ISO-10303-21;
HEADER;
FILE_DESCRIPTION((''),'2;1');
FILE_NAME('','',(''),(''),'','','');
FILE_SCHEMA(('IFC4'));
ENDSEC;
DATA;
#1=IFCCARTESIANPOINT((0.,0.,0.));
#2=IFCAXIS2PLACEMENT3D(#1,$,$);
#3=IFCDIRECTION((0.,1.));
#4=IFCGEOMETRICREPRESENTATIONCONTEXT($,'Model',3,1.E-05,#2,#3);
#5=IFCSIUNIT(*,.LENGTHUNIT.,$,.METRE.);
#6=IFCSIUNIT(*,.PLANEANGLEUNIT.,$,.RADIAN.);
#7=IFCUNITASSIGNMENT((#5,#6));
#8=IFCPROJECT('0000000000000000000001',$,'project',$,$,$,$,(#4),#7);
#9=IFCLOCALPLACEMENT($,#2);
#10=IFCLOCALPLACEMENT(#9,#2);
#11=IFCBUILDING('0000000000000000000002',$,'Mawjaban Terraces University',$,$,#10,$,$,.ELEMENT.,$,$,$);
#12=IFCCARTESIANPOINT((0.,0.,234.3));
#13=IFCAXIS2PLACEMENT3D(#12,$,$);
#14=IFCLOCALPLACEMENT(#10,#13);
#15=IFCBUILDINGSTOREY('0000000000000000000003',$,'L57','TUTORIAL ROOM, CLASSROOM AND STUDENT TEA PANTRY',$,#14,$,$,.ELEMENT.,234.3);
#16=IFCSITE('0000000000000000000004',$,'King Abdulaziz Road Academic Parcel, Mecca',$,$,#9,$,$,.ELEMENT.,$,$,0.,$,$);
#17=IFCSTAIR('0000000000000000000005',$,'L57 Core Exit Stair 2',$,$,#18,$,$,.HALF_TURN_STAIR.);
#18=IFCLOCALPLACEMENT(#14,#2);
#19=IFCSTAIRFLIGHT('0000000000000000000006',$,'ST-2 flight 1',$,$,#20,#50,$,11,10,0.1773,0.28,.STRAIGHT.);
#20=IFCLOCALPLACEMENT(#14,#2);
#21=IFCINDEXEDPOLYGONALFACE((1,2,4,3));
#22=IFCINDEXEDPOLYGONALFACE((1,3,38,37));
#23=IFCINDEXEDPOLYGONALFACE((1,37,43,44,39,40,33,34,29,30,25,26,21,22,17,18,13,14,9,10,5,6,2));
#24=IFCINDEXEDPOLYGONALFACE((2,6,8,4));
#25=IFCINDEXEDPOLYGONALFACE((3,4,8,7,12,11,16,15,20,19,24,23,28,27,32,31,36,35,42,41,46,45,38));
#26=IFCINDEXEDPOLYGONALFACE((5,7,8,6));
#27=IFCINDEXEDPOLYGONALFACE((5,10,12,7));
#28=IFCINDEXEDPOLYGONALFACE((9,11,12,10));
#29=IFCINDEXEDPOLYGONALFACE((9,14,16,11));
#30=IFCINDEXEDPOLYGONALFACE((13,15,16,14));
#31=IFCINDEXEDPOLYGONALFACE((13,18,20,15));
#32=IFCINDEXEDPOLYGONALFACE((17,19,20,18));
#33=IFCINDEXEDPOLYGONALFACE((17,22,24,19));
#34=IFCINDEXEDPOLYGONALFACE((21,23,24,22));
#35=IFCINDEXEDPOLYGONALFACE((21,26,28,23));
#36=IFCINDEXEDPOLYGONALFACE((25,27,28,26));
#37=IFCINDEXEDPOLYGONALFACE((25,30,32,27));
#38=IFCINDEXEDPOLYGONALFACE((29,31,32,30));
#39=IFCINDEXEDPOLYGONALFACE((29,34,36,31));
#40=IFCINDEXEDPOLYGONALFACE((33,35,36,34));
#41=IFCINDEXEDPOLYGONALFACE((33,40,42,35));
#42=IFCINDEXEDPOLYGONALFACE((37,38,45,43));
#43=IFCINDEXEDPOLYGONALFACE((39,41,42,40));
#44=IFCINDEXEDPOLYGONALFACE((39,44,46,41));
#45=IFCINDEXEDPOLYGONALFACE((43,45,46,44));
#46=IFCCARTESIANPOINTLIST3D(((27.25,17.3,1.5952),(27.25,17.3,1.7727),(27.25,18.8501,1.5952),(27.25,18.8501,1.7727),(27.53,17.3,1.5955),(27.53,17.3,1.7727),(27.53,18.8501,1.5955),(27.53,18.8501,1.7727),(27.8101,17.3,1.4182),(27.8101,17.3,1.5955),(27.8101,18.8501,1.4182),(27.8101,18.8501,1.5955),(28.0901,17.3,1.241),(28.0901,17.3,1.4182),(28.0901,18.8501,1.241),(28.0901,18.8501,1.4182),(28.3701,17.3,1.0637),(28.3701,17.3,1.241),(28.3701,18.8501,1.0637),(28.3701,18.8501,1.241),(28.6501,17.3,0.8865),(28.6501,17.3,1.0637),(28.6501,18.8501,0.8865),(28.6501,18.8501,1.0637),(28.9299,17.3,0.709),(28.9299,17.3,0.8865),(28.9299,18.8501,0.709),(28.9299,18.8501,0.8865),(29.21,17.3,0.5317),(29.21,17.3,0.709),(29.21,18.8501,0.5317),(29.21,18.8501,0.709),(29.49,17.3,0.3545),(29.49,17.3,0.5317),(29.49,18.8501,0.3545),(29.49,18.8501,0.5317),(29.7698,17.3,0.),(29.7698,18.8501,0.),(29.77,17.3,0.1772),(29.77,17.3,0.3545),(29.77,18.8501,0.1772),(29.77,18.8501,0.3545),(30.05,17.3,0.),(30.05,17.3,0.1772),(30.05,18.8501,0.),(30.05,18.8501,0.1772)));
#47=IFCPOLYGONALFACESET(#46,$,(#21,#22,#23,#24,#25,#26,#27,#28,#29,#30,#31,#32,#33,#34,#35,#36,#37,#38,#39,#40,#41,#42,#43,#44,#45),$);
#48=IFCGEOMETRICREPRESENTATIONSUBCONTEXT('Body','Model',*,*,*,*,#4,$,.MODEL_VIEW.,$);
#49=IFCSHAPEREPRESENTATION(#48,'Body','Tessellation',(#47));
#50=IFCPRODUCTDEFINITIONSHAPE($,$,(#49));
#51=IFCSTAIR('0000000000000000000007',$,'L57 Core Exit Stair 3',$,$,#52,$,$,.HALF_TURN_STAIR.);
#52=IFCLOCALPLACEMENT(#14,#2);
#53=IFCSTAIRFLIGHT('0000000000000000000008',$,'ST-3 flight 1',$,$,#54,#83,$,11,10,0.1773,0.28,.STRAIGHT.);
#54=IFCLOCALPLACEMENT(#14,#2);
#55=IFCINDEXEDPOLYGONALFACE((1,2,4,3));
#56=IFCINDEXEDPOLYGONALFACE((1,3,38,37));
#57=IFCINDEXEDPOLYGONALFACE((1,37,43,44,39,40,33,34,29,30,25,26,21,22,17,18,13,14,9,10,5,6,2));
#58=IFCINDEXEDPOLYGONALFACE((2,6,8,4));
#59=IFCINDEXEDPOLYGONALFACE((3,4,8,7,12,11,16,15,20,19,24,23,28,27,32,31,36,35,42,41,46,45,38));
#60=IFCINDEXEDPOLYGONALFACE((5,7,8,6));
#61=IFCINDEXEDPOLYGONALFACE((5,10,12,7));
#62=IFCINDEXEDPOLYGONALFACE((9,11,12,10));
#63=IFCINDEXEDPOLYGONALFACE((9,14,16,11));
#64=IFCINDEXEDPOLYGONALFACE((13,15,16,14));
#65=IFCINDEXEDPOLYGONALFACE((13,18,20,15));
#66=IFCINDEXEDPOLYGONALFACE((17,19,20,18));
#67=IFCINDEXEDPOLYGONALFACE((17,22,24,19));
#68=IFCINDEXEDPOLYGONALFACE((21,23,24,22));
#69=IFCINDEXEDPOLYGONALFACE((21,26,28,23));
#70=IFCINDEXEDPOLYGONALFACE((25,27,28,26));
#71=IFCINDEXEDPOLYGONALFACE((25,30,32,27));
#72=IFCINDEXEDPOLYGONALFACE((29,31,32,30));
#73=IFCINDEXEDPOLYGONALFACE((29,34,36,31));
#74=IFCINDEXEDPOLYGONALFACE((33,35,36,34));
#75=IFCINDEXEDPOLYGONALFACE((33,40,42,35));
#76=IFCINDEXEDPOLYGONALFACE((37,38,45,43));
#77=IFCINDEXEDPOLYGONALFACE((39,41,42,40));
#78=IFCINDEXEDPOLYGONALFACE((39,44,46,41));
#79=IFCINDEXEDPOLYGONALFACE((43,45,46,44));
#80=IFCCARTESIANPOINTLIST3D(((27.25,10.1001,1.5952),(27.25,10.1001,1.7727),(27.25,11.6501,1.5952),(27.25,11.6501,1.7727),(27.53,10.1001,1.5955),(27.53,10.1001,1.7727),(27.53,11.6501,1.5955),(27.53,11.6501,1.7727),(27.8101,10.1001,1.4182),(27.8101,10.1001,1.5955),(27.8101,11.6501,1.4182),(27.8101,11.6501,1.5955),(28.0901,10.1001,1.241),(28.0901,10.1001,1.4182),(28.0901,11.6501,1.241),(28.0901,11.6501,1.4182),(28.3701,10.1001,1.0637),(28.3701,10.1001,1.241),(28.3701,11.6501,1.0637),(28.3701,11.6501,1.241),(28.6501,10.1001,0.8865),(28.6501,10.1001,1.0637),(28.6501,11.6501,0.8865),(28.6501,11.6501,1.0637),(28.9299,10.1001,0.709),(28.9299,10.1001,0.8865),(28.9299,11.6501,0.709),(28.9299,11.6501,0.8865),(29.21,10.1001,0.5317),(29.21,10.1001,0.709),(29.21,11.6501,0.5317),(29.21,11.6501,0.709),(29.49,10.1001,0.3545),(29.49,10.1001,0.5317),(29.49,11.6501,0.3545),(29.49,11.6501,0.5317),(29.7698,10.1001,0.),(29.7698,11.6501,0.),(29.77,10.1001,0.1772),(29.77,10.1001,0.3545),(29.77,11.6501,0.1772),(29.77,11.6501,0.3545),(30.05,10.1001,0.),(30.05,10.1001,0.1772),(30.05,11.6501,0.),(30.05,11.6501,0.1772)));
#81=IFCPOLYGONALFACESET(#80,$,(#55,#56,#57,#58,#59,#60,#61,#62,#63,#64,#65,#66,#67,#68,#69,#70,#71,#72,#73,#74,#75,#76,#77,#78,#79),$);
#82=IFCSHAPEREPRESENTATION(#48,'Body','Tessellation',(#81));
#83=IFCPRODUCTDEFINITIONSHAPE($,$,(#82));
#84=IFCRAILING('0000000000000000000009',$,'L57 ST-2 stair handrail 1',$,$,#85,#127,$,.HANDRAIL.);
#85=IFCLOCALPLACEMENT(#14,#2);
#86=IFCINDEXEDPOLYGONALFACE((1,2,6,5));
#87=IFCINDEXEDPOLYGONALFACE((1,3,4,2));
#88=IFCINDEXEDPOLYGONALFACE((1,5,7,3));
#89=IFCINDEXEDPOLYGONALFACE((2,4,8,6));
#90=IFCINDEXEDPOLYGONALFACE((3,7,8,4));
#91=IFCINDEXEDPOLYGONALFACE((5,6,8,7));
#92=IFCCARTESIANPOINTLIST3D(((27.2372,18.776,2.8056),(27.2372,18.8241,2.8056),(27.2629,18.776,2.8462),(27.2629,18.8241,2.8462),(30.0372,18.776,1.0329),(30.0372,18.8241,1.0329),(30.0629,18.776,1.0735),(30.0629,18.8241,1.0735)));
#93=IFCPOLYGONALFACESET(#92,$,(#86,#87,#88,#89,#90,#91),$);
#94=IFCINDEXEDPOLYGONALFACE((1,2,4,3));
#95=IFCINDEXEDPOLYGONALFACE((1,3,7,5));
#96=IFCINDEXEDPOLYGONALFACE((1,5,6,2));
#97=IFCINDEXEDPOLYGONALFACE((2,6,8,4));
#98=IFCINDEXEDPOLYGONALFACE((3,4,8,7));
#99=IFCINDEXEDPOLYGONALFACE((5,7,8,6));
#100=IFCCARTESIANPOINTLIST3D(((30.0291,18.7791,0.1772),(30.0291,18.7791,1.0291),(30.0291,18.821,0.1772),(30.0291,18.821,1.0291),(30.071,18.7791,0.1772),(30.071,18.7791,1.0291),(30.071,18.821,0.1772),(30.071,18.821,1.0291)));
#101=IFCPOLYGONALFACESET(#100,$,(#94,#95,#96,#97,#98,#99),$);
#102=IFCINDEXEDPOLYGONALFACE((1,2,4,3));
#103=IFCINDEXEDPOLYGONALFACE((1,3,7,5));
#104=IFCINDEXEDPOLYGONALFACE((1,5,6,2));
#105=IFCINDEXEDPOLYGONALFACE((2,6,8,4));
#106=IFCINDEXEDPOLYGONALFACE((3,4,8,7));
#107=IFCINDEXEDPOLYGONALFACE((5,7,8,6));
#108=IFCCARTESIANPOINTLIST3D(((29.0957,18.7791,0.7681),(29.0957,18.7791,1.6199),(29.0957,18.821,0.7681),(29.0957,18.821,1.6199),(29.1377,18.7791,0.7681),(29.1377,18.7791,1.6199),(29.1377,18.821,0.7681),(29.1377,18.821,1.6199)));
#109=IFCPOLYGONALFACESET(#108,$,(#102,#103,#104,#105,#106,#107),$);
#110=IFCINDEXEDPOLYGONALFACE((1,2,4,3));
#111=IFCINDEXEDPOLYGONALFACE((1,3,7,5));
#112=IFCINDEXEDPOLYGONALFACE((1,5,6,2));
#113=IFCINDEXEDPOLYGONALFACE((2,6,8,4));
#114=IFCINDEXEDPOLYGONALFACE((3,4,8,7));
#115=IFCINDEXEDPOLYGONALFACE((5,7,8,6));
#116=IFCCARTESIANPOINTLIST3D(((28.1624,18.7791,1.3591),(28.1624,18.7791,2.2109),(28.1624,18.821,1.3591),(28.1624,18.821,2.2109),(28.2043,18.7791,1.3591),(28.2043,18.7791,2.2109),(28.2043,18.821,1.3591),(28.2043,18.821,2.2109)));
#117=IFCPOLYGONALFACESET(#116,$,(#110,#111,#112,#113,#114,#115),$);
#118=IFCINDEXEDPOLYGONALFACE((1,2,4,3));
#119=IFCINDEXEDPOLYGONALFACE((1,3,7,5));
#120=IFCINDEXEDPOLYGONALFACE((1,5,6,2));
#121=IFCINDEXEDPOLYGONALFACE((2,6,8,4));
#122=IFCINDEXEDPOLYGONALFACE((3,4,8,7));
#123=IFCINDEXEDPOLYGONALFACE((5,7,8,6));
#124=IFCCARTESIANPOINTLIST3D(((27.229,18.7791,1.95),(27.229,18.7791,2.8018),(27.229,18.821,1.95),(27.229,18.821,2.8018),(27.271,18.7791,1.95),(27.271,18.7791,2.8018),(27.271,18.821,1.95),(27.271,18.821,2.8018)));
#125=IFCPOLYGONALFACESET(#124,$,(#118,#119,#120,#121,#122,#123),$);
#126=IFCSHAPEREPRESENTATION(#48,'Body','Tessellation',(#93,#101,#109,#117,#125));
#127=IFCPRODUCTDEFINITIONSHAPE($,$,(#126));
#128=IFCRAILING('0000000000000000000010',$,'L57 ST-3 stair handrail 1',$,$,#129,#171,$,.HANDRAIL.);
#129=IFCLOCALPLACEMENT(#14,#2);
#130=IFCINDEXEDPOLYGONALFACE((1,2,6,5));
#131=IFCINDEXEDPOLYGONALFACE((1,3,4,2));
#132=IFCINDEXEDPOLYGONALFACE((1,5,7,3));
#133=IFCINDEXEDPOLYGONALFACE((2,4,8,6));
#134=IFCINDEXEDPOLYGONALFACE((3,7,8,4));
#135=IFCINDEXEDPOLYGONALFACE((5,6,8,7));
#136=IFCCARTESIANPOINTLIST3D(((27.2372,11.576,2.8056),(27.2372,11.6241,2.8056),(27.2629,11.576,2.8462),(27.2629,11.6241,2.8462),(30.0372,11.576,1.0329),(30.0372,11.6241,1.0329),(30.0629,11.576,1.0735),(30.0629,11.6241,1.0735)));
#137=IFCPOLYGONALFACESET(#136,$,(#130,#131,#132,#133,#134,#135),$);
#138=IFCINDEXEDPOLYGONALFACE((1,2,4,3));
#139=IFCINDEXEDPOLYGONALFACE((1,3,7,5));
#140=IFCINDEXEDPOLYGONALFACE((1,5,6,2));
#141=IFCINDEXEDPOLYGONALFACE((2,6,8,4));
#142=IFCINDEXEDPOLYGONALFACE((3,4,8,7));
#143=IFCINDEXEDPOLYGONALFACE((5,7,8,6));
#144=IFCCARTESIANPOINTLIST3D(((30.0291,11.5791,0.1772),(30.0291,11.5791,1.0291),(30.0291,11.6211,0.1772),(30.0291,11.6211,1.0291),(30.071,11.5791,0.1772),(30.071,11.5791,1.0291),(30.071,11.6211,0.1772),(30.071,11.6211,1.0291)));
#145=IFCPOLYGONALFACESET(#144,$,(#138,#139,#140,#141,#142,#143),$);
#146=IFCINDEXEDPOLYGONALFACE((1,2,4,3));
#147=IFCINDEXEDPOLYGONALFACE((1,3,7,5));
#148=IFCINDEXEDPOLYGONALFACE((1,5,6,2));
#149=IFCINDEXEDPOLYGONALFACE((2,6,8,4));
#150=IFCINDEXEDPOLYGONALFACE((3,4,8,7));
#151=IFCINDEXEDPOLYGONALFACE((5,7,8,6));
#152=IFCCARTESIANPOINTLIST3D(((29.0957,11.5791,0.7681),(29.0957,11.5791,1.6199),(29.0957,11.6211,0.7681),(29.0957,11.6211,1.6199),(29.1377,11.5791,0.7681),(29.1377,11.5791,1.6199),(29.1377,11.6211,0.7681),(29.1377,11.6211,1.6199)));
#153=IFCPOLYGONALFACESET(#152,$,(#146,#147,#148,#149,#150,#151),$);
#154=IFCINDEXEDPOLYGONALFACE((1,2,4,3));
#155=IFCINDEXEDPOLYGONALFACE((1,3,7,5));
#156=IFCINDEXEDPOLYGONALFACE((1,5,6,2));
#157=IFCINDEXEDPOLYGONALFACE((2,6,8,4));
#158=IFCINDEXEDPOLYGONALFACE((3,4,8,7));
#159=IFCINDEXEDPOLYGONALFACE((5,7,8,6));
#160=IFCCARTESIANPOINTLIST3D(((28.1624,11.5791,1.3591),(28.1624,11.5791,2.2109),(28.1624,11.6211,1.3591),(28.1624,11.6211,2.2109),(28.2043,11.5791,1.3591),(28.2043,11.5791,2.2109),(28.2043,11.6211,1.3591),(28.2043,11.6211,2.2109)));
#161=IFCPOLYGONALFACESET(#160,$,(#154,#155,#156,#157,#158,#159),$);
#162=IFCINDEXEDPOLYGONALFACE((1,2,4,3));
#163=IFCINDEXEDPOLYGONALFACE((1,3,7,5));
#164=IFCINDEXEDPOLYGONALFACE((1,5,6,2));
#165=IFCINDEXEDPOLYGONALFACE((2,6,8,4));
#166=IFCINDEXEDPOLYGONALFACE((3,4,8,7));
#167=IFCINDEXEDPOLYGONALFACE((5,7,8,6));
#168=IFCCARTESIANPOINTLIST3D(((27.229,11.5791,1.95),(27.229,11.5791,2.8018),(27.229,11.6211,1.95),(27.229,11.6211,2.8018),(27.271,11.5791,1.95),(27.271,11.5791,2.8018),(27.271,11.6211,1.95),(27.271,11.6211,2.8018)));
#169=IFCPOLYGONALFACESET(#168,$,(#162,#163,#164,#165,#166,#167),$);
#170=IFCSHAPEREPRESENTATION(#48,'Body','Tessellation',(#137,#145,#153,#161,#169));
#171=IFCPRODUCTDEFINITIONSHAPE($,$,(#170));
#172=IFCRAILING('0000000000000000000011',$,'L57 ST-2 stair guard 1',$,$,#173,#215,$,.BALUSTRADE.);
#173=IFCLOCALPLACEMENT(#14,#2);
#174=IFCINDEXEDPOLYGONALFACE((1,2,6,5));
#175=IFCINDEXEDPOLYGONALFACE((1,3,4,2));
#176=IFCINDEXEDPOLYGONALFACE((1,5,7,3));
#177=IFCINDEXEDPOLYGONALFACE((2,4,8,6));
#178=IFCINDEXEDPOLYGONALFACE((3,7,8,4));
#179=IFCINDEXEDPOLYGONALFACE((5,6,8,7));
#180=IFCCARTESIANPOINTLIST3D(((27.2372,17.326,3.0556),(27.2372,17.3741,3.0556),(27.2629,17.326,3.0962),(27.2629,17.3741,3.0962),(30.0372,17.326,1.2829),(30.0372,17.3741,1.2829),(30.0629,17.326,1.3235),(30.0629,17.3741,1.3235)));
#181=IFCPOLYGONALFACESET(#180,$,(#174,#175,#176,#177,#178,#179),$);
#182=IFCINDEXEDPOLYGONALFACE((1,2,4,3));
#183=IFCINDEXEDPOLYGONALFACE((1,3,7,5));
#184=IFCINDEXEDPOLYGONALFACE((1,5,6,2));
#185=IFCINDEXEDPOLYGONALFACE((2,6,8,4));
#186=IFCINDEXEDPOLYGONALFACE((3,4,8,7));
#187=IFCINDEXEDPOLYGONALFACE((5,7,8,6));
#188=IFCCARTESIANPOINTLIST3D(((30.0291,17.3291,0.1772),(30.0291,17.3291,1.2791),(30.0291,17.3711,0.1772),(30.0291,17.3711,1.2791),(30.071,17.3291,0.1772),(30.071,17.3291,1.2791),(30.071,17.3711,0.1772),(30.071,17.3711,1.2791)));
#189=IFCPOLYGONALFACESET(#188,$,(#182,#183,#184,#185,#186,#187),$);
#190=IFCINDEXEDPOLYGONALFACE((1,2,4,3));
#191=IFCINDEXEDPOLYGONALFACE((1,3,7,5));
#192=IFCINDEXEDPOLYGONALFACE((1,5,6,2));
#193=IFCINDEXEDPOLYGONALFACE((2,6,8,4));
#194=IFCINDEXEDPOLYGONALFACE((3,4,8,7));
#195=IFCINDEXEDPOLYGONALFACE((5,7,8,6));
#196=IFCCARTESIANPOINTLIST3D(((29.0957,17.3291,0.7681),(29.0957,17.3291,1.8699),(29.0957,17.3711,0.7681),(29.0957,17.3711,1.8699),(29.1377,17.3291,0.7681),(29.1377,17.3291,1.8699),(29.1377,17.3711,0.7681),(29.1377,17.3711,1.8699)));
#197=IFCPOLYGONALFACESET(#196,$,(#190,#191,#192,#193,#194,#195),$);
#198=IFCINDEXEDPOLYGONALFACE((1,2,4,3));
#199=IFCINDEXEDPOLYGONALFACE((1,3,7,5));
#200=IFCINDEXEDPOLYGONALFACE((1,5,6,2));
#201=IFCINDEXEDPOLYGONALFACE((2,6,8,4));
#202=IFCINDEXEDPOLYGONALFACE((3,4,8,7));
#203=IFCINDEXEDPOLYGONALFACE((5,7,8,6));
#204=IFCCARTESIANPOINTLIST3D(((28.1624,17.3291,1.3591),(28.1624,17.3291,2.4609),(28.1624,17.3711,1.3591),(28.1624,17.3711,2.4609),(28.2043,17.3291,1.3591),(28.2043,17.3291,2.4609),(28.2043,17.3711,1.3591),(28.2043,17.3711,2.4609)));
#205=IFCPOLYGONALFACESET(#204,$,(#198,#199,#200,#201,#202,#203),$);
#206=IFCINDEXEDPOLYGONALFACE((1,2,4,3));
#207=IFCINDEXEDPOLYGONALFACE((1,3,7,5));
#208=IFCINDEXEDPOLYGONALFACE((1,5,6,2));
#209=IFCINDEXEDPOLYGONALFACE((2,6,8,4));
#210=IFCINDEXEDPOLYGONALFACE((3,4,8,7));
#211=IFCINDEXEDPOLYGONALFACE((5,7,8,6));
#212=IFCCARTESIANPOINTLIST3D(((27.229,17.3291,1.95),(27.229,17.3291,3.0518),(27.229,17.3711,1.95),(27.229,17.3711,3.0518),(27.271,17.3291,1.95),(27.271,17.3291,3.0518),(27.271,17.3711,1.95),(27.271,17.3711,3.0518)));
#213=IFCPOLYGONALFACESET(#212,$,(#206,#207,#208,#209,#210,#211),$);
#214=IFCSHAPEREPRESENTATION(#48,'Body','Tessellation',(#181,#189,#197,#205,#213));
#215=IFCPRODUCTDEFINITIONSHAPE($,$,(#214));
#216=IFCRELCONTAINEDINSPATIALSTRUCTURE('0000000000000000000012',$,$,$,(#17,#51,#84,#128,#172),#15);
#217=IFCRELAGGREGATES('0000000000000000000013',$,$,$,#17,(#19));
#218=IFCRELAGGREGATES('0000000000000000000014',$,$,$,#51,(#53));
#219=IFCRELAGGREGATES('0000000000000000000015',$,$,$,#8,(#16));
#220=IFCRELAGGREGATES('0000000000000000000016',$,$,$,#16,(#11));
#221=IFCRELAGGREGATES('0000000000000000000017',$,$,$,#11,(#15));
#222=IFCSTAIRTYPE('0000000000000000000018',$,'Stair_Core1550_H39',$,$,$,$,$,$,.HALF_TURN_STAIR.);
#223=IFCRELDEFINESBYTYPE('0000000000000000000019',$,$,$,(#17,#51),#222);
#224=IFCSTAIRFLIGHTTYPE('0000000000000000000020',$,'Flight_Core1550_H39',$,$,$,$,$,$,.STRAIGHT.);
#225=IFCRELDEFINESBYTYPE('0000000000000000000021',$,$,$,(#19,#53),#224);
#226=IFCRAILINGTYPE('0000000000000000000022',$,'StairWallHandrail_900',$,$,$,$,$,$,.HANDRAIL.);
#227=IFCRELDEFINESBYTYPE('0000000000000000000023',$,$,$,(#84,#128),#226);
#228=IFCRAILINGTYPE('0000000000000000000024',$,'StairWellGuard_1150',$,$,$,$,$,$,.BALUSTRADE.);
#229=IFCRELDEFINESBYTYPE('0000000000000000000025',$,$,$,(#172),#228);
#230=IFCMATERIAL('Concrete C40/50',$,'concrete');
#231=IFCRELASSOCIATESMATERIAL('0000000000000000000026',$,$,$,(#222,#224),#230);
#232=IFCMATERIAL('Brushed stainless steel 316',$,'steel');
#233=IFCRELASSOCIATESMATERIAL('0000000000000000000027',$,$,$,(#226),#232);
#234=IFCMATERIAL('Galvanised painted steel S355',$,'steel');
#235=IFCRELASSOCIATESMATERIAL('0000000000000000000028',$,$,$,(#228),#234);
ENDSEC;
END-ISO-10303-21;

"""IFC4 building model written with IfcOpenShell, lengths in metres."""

from ifc_helpers import new_model, si_unit, direction, frame, origin, origin_2d, place, context, subcontext, project, spatial, polyline, rectangle, outline, extrude, material, type_object, element, aggregate, save


model = new_model("IFC4")

# Units and contexts
model_context = context("Model", 3, precision=1e-05, world=origin(), true_north=direction((0.0, 1.0)))
body_context = subcontext(model_context, "Body", "Model", "MODEL_VIEW")
ifc_project = project(units=[si_unit("LENGTHUNIT", "METRE"), si_unit("PLANEANGLEUNIT", "RADIAN")], contexts=[model_context])

# Site, building, storey
site_placement = place(None, origin())
site = spatial("IfcSite", under=ifc_project, at=site_placement, Name="King Abdulaziz Road Academic Parcel, Mecca", CompositionType="ELEMENT", RefElevation=0.0)
building_placement = place(site_placement, origin())
building = spatial("IfcBuilding", under=site, at=building_placement, Name="Mawjaban Terraces University", CompositionType="ELEMENT")
storey_placement = place(building_placement, frame((0.0, 0.0, 234.3)))
storey = spatial("IfcBuildingStorey", under=building, at=storey_placement, Name="L57", Description="TUTORIAL ROOM, CLASSROOM AND STUDENT TEA PANTRY", CompositionType="ELEMENT", Elevation=234.3)

# Shared definitions
ifc_material_1 = material(Name="Concrete C40/50", Category="concrete")

# Stairs, stair flights
stair_type = type_object("IfcStairType", Name="Stair_Core1550_H39", PredefinedType="HALF_TURN_STAIR", material=ifc_material_1)
stair_1_placement = place(storey_placement, origin())
stair_1 = element("IfcStair", 1, at=stair_1_placement, inside=storey, type_object=stair_type, Name="L57 Core Exit Stair 2", PredefinedType="HALF_TURN_STAIR")
stair_flight_type = type_object("IfcStairFlightType", Name="Flight_Core1550_H39", PredefinedType="STRAIGHT", material=ifc_material_1)
stair_flight_1_placement = place(storey_placement, frame((30.05, 18.075, 0.0), z_axis=(0.0, 0.0, 1.0), x_axis=(-1.0, 0.0, 0.0)))
stair_flight_1 = element("IfcStairFlight", 2, at=stair_flight_1_placement, type_object=stair_flight_type, Name="ST-2 flight 1", NumberOfRisers=11, NumberOfTreads=10, PredefinedType="STRAIGHT", RiserHeight=0.1773, TreadLength=0.28, context=body_context, shape_type="SweptSolid", body=[
    extrude(outline(polyline([(0.0, 0.0), (0.0, 0.1772), (0.28, 0.1772), (0.28, 0.3545), (0.5601, 0.3545), (0.5601, 0.5317), (0.8401, 0.5317), (0.8401, 0.709), (1.1201, 0.709), (1.1201, 0.8865), (1.3999, 0.8865), (1.3999, 1.0637), (1.6799, 1.0637), (1.6799, 1.241), (1.96, 1.241), (1.96, 1.4182), (2.24, 1.4182), (2.24, 1.5955), (2.52, 1.5955), (2.52, 1.7727), (2.8, 1.7727), (2.8, 1.95), (2.8, 1.5952), (0.2803, 0.0), (0.0, 0.0)])), frame((0.0, 0.7749, 0.0), z_axis=(0.0, -1.0, 0.0), x_axis=(1.0, 0.0, 0.0)), (0.0, 0.0, 1.0), 1.55),
])
aggregate(stair_1, [stair_flight_1])
stair_2_placement = place(storey_placement, origin())
stair_2 = element("IfcStair", 3, at=stair_2_placement, inside=storey, type_object=stair_type, Name="L57 Core Exit Stair 3", PredefinedType="HALF_TURN_STAIR")
stair_flight_2_placement = place(storey_placement, frame((30.05, 10.875, 0.0), z_axis=(0.0, 0.0, 1.0), x_axis=(-1.0, 0.0, 0.0)))
stair_flight_2 = element("IfcStairFlight", 4, at=stair_flight_2_placement, type_object=stair_flight_type, Name="ST-3 flight 1", NumberOfRisers=11, NumberOfTreads=10, PredefinedType="STRAIGHT", RiserHeight=0.1773, TreadLength=0.28, context=body_context, shape_type="SweptSolid", body=[
    extrude(outline(polyline([(0.0, 0.0), (0.0, 0.1772), (0.28, 0.1772), (0.28, 0.3545), (0.5601, 0.3545), (0.5601, 0.5317), (0.8401, 0.5317), (0.8401, 0.709), (1.1201, 0.709), (1.1201, 0.8865), (1.3999, 0.8865), (1.3999, 1.0637), (1.6799, 1.0637), (1.6799, 1.241), (1.96, 1.241), (1.96, 1.4182), (2.24, 1.4182), (2.24, 1.5955), (2.52, 1.5955), (2.52, 1.7727), (2.8, 1.7727), (2.8, 1.95), (2.8, 1.5952), (0.2803, 0.0), (0.0, 0.0)])), frame((0.0, 0.7749, 0.0), z_axis=(0.0, -1.0, 0.0), x_axis=(1.0, 0.0, 0.0)), (0.0, 0.0, 1.0), 1.55),
])
aggregate(stair_2, [stair_flight_2])

# Railings
ifc_material_2 = material(Name="Brushed stainless steel 316", Category="steel")
railing_type_1 = type_object("IfcRailingType", Name="StairWallHandrail_900", PredefinedType="HANDRAIL", material=ifc_material_2)
for number, where, name in (
    (5, (30.05, 18.8, 0.1772), "L57 ST-2 stair handrail 1"),
    (6, (30.05, 11.6001, 0.1772), "L57 ST-3 stair handrail 1"),
):
    element("IfcRailing", number, at=place(storey_placement, frame(where)), inside=storey, type_object=railing_type_1, Name=name, PredefinedType="HANDRAIL", context=body_context, shape_type="SweptSolid", body=[
        extrude(rectangle(XDim=0.0481, YDim=0.0481, at=origin_2d()), frame((0.0, 0.0, 0.876), z_axis=(-0.844909, 0.0, 0.53491), x_axis=(0.0, -1.0, 0.0)), (0.0, 0.0, 1.0), 3.314),
        extrude(rectangle(XDim=0.042, YDim=0.042, at=origin_2d()), origin(), (0.0, 0.0, 1.0), 0.8518),
        extrude(rectangle(XDim=0.042, YDim=0.042, at=origin_2d()), frame((-0.9333, 0.0, 0.5908)), (0.0, 0.0, 1.0), 0.8518),
        extrude(rectangle(XDim=0.042, YDim=0.042, at=origin_2d()), frame((-1.8667, 0.0, 1.1819)), (0.0, 0.0, 1.0), 0.8518),
        extrude(rectangle(XDim=0.042, YDim=0.042, at=origin_2d()), frame((-2.8, 0.0, 1.7727)), (0.0, 0.0, 1.0), 0.8518),
    ])
ifc_material_3 = material(Name="Galvanised painted steel S355", Category="steel")
railing_type_2 = type_object("IfcRailingType", Name="StairWellGuard_1150", PredefinedType="BALUSTRADE", material=ifc_material_3)
railing_1_placement = place(storey_placement, frame((30.05, 17.3501, 0.1772)))
element("IfcRailing", 7, at=railing_1_placement, inside=storey, type_object=railing_type_2, Name="L57 ST-2 stair guard 1", PredefinedType="BALUSTRADE", context=body_context, shape_type="SweptSolid", body=[
    extrude(rectangle(XDim=0.0481, YDim=0.0481, at=origin_2d()), frame((0.0, 0.0, 1.126), z_axis=(-0.844909, 0.0, 0.53491), x_axis=(0.0, -1.0, 0.0)), (0.0, 0.0, 1.0), 3.314),
    extrude(rectangle(XDim=0.042, YDim=0.042, at=origin_2d()), origin(), (0.0, 0.0, 1.0), 1.1018),
    extrude(rectangle(XDim=0.042, YDim=0.042, at=origin_2d()), frame((-0.9333, 0.0, 0.5908)), (0.0, 0.0, 1.0), 1.1018),
    extrude(rectangle(XDim=0.042, YDim=0.042, at=origin_2d()), frame((-1.8667, 0.0, 1.1819)), (0.0, 0.0, 1.0), 1.1018),
    extrude(rectangle(XDim=0.042, YDim=0.042, at=origin_2d()), frame((-2.8, 0.0, 1.7727)), (0.0, 0.0, 1.0), 1.1018),
])

save(model, "model.ifc")
